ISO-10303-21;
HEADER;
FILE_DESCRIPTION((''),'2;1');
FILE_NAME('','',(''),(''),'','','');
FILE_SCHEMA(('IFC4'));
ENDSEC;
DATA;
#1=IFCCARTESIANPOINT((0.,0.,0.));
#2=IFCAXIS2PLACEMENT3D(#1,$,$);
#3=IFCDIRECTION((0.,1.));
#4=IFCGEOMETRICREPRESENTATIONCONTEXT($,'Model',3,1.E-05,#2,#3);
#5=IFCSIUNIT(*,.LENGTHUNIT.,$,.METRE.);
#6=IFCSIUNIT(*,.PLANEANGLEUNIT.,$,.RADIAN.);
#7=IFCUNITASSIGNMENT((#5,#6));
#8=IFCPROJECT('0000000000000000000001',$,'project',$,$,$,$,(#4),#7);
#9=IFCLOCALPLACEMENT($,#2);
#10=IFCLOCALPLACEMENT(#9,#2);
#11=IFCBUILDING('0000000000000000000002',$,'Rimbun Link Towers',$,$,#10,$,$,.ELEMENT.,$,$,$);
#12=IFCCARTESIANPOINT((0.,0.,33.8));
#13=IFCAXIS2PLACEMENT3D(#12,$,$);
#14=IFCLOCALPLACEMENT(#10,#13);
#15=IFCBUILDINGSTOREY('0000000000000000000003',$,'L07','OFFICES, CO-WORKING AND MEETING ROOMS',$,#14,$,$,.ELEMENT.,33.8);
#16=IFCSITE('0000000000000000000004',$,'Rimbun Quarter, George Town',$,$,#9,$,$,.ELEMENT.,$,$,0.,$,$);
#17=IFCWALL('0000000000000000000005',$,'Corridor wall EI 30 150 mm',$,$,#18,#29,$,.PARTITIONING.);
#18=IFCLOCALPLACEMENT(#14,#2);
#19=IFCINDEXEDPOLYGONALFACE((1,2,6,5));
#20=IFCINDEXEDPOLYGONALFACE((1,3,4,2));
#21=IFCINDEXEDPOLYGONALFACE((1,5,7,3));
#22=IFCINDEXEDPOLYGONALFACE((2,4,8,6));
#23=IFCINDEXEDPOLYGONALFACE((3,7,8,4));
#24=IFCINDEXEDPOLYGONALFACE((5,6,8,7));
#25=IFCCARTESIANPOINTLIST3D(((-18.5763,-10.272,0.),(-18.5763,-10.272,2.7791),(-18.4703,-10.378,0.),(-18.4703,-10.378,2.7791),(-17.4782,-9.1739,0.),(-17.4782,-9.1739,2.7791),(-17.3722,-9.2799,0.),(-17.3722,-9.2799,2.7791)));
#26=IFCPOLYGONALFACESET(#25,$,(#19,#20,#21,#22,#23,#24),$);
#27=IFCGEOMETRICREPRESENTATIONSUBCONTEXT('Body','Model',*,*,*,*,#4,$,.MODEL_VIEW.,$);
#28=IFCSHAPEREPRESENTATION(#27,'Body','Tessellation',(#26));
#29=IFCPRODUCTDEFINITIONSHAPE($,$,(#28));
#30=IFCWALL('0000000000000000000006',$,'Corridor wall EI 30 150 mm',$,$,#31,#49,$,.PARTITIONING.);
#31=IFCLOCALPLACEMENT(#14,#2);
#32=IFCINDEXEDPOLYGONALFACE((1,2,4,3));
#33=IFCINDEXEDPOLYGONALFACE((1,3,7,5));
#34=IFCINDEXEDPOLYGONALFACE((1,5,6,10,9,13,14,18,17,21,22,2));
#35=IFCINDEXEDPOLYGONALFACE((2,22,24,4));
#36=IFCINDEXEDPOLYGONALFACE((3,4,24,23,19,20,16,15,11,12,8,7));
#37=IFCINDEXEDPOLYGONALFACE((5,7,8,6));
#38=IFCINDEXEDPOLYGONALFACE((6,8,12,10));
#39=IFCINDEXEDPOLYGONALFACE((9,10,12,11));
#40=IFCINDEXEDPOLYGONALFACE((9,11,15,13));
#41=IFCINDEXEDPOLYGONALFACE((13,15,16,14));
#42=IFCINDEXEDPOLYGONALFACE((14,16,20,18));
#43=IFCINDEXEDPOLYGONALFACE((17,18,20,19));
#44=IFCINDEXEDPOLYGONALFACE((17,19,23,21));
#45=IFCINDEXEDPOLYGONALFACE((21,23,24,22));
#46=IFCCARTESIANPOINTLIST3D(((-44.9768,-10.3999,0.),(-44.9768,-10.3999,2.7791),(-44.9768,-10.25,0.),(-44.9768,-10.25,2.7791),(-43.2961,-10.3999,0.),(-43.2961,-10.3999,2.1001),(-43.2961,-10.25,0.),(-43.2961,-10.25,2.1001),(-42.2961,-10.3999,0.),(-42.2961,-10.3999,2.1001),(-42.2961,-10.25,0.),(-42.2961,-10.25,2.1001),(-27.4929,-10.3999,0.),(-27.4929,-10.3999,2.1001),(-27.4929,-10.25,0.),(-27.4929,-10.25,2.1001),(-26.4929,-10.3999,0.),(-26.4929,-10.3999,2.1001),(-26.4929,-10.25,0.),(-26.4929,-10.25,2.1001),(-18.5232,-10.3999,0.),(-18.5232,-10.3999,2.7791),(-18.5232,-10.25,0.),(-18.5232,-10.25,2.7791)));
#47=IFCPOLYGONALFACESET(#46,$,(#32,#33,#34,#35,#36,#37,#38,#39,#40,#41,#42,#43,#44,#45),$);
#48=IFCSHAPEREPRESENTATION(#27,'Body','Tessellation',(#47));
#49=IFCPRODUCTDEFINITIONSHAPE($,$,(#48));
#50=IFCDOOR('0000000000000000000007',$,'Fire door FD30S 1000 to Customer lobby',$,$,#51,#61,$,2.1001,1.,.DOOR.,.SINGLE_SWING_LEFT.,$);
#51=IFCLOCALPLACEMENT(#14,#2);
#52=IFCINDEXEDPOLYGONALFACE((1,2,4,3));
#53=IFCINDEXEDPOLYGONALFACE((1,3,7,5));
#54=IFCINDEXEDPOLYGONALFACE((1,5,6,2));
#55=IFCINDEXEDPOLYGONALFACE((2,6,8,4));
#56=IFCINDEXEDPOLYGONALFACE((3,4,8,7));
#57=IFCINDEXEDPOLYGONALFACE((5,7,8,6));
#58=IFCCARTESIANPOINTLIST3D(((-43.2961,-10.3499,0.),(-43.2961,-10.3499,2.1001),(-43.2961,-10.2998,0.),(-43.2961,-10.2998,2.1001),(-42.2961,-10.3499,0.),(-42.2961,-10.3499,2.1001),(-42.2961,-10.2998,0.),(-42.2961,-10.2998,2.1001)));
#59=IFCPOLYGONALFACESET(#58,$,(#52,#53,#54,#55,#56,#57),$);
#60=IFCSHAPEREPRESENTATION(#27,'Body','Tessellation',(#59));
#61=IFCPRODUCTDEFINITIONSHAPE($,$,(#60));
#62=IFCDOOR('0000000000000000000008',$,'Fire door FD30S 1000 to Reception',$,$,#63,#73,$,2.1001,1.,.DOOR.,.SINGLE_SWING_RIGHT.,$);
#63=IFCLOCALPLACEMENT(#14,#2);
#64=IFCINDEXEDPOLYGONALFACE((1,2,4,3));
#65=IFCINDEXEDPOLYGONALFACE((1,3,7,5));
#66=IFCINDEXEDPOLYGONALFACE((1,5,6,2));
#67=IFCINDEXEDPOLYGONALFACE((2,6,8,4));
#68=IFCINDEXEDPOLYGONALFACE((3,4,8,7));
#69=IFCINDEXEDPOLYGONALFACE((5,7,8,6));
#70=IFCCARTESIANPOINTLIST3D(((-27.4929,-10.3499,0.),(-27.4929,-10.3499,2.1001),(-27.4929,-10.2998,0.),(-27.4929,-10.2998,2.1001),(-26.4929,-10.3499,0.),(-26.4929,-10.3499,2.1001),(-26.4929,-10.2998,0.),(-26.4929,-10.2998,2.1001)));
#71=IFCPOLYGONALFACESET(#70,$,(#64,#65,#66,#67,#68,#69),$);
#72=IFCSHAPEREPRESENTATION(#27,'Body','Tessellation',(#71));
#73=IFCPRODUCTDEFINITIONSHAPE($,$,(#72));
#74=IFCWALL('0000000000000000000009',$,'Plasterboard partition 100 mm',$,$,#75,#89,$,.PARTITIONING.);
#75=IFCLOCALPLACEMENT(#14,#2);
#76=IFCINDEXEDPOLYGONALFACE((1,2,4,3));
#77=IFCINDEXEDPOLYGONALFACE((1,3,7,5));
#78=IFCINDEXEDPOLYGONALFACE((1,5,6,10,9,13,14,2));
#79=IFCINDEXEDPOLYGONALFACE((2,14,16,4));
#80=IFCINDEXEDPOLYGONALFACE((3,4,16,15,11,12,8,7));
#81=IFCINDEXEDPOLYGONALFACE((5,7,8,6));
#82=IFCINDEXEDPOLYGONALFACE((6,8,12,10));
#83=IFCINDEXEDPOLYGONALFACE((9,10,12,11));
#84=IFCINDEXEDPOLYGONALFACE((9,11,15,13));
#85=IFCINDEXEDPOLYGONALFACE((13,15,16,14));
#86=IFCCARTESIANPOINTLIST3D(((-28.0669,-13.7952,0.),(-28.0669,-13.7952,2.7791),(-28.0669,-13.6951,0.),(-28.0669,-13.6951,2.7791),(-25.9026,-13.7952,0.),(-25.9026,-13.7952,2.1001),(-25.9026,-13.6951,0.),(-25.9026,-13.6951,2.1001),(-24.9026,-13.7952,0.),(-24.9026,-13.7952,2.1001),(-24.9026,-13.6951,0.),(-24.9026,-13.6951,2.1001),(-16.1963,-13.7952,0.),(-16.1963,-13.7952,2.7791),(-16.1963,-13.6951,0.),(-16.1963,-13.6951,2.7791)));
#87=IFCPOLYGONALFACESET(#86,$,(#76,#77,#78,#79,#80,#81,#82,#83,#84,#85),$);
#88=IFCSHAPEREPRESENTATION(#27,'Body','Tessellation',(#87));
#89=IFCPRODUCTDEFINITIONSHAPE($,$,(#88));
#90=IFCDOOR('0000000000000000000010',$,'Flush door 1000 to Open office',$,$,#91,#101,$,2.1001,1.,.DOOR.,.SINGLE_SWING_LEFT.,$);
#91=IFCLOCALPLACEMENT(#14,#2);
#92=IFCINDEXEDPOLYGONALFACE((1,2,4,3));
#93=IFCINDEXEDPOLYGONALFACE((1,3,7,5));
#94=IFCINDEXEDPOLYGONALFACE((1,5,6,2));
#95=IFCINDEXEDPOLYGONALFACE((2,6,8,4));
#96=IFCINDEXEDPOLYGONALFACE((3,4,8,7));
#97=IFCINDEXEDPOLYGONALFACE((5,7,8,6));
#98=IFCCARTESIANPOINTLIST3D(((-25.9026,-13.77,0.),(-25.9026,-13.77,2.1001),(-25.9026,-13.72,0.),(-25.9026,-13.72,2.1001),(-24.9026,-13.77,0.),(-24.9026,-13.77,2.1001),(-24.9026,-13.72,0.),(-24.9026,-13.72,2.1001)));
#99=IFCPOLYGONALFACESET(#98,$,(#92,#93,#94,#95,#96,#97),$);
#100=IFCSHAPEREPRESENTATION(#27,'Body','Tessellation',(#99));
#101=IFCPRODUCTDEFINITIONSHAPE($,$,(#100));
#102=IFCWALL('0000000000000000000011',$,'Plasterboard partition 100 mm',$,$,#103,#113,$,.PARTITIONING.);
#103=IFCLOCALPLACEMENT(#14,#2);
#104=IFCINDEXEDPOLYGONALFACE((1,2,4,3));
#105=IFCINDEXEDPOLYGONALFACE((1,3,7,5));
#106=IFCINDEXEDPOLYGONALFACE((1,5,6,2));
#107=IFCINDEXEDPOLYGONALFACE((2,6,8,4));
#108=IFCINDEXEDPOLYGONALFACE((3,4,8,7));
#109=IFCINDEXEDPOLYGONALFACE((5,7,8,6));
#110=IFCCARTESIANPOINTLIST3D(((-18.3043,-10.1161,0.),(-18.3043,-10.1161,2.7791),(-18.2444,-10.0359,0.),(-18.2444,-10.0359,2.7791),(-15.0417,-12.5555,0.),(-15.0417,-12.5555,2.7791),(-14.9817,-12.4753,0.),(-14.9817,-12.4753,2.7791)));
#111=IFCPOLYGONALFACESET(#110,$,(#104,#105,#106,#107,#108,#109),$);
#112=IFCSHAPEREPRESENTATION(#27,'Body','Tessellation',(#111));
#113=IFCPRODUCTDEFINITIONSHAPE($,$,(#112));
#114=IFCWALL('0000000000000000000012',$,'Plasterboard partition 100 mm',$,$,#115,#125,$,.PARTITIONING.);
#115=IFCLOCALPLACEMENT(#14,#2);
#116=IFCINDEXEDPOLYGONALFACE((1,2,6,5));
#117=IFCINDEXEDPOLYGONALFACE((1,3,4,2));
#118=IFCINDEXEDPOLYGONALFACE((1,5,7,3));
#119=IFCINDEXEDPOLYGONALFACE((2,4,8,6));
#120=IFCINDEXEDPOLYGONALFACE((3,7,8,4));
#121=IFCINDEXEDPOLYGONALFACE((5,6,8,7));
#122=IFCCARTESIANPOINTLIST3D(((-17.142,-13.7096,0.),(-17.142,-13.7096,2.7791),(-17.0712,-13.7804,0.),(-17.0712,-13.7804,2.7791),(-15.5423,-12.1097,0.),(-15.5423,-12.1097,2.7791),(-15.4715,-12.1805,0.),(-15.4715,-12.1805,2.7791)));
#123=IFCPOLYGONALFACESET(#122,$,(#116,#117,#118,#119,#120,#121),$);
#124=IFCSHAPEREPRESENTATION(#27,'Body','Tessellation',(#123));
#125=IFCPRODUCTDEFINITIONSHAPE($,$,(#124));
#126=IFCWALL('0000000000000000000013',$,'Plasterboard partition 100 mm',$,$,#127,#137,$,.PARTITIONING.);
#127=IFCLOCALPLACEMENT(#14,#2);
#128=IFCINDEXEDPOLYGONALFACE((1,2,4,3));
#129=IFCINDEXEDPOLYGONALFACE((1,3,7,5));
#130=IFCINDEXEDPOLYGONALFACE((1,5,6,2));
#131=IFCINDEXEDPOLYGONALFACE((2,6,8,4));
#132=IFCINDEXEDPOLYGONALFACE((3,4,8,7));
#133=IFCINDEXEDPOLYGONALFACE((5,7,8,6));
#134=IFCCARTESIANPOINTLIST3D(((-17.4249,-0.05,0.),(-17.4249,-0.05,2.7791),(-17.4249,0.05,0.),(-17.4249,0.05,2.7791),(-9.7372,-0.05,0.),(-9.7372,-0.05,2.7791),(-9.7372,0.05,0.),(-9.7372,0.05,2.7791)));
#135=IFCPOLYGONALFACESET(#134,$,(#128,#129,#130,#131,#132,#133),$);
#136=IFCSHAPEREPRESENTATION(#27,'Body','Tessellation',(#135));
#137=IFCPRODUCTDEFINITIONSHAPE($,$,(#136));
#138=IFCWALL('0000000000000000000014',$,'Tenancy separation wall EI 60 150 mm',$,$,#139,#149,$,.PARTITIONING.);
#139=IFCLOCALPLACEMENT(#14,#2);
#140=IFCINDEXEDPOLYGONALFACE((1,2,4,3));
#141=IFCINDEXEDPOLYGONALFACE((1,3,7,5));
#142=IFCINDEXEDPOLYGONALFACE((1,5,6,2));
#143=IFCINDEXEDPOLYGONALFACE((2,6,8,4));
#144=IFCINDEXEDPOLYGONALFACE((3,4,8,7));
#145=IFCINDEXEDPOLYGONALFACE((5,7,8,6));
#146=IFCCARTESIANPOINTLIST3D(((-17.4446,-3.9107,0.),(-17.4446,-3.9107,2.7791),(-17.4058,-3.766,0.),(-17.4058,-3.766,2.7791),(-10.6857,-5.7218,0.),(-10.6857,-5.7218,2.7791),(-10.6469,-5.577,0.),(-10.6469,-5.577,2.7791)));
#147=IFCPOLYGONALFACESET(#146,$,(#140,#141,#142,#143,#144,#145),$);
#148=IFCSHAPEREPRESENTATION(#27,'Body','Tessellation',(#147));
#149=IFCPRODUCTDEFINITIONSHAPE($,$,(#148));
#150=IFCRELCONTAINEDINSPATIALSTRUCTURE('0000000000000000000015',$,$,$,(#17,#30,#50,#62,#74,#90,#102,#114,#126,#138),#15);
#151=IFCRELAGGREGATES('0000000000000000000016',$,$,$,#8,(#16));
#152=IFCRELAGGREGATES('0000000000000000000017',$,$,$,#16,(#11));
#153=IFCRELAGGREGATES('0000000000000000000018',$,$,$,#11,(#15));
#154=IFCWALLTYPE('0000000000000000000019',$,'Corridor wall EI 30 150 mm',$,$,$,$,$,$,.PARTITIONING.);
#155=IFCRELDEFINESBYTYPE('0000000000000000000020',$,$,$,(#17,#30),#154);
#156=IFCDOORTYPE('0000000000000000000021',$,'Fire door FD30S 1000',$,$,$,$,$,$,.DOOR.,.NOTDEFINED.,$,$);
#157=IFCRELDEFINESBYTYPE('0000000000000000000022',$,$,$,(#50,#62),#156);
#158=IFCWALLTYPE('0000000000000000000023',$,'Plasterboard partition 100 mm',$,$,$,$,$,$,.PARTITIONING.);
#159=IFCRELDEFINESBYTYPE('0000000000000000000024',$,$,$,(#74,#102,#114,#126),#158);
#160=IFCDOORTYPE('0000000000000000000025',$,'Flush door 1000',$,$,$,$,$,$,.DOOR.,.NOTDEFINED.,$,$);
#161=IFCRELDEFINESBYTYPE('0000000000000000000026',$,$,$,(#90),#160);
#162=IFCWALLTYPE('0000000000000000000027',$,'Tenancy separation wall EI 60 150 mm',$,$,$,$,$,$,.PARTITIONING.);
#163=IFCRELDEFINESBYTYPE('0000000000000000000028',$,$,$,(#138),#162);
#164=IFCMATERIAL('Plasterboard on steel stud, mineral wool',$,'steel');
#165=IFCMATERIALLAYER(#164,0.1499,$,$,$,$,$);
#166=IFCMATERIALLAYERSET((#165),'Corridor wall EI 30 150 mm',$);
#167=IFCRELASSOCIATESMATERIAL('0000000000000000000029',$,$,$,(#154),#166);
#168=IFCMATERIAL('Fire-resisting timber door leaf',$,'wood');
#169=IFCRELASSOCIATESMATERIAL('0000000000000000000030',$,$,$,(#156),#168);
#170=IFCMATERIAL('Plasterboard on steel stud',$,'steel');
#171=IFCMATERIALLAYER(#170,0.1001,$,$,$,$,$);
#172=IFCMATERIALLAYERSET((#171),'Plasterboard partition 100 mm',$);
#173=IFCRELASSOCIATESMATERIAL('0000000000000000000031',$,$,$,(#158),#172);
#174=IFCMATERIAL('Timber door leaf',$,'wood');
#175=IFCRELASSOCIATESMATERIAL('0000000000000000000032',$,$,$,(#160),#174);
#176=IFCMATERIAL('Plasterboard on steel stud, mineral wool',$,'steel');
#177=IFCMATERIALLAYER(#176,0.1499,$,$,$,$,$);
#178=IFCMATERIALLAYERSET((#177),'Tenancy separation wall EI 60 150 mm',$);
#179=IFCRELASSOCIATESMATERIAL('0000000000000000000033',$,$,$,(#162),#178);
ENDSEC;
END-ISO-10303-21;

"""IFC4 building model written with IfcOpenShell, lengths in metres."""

from ifc_helpers import new_model, si_unit, direction, frame, frame_2d, origin, place, context, subcontext, project, spatial, rectangle, extrude, material, layer, layer_set, type_object, element, fill, save


model = new_model("IFC4")

# Units and contexts
model_context = context("Model", 3, precision=1e-05, world=origin(), true_north=direction((0.0, 1.0)))
body_context = subcontext(model_context, "Body", "Model", "MODEL_VIEW")
ifc_project = project(units=[si_unit("LENGTHUNIT", "METRE"), si_unit("PLANEANGLEUNIT", "RADIAN")], contexts=[model_context])

# Site, building, storey
site_placement = place(None, origin())
site = spatial("IfcSite", under=ifc_project, at=site_placement, Name="Rimbun Quarter, George Town", CompositionType="ELEMENT", RefElevation=0.0)
building_placement = place(site_placement, origin())
building = spatial("IfcBuilding", under=site, at=building_placement, Name="Rimbun Link Towers", CompositionType="ELEMENT")
storey_placement = place(building_placement, frame((0.0, 0.0, 33.8)))
storey = spatial("IfcBuildingStorey", under=building, at=storey_placement, Name="L07", Description="OFFICES, CO-WORKING AND MEETING ROOMS", CompositionType="ELEMENT", Elevation=33.8)

# Wall
ifc_material_1 = material(Name="Plasterboard on steel stud, mineral wool", Category="steel")
ifc_layer_1 = layer(ifc_material_1, 0.1499)
ifc_layer_set_1 = layer_set([ifc_layer_1], Name="Corridor wall EI 30 150 mm")
wall_type_1 = type_object("IfcWallType", Name="Corridor wall EI 30 150 mm", PredefinedType="PARTITIONING", material=ifc_layer_set_1)
wall_1_placement = place(storey_placement, frame((-18.5232, -10.325, 0.0), z_axis=(0.0, 0.0, 1.0), x_axis=(0.707107, 0.707107, 0.0)))
element("IfcWall", 1, at=wall_1_placement, inside=storey, type_object=wall_type_1, Name="Corridor wall EI 30 150 mm", PredefinedType="PARTITIONING", context=body_context, shape_type="SweptSolid", body=[
    extrude(rectangle(XDim=1.553, YDim=0.1499, at=frame_2d((0.7764, 0.0))), origin(), (0.0, 0.0, 1.0), 2.7791),
])

# Wall, openings, doors
wall_2_placement = place(storey_placement, frame((-18.5232, -10.325, 0.0), z_axis=(0.0, 0.0, 1.0), x_axis=(-1.0, 0.0, 0.0)))
wall_2 = element("IfcWall", 2, at=wall_2_placement, inside=storey, type_object=wall_type_1, Name="Corridor wall EI 30 150 mm", PredefinedType="PARTITIONING", context=body_context, shape_type="SweptSolid", body=[
    extrude(rectangle(XDim=26.4536, YDim=0.1499, at=frame_2d((13.2268, 0.0))), origin(), (0.0, 0.0, 1.0), 2.7791),
])
opening_1_placement = place(wall_2_placement, frame((23.7729, 0.0, 0.0)))
opening_1 = element("IfcOpeningElement", 3, at=opening_1_placement, cuts=wall_2, PredefinedType="OPENING", context=body_context, shape_type="SweptSolid", body=[
    extrude(rectangle(XDim=1.0, YDim=2.1001, at=frame_2d((0.5, 1.05))), frame((0.0, 0.085, 0.0), z_axis=(0.0, -1.0, 0.0), x_axis=(1.0, 0.0, 0.0)), (0.0, 0.0, 1.0), 0.1699),
])
opening_2_placement = place(wall_2_placement, frame((7.9697, 0.0, 0.0)))
opening_2 = element("IfcOpeningElement", 4, at=opening_2_placement, cuts=wall_2, PredefinedType="OPENING", context=body_context, shape_type="SweptSolid", body=[
    extrude(rectangle(XDim=1.0, YDim=2.1001, at=frame_2d((0.5, 1.05))), frame((0.0, 0.085, 0.0), z_axis=(0.0, -1.0, 0.0), x_axis=(1.0, 0.0, 0.0)), (0.0, 0.0, 1.0), 0.1699),
])
ifc_material_2 = material(Name="Fire-resisting timber door leaf", Category="wood")
door_type_1 = type_object("IfcDoorType", Name="Fire door FD30S 1000", OperationType="NOTDEFINED", PredefinedType="DOOR", material=ifc_material_2)
door_1_placement = place(opening_1_placement, origin())
door_1 = element("IfcDoor", 5, at=door_1_placement, inside=storey, type_object=door_type_1, Name="Fire door FD30S 1000 to Customer lobby", OperationType="SINGLE_SWING_LEFT", OverallHeight=2.1001, OverallWidth=1.0, PredefinedType="DOOR", context=body_context, shape_type="SweptSolid", body=[
    extrude(rectangle(XDim=1.0, YDim=2.1001, at=frame_2d((0.5, 1.05))), frame((0.0, 0.0249, 0.0), z_axis=(0.0, -1.0, 0.0), x_axis=(1.0, 0.0, 0.0)), (0.0, 0.0, 1.0), 0.05),
])
fill(opening_1, door_1)
door_2_placement = place(opening_2_placement, origin())
door_2 = element("IfcDoor", 6, at=door_2_placement, inside=storey, type_object=door_type_1, Name="Fire door FD30S 1000 to Reception", OperationType="SINGLE_SWING_RIGHT", OverallHeight=2.1001, OverallWidth=1.0, PredefinedType="DOOR", context=body_context, shape_type="SweptSolid", body=[
    extrude(rectangle(XDim=1.0, YDim=2.1001, at=frame_2d((0.5, 1.05))), frame((0.0, 0.0249, 0.0), z_axis=(0.0, -1.0, 0.0), x_axis=(1.0, 0.0, 0.0)), (0.0, 0.0, 1.0), 0.05),
])
fill(opening_2, door_2)

# Wall, opening, door
ifc_material_3 = material(Name="Plasterboard on steel stud", Category="steel")
ifc_layer_2 = layer(ifc_material_3, 0.1001)
ifc_layer_set_2 = layer_set([ifc_layer_2], Name="Plasterboard partition 100 mm")
wall_type_2 = type_object("IfcWallType", Name="Plasterboard partition 100 mm", PredefinedType="PARTITIONING", material=ifc_layer_set_2)
wall_3_placement = place(storey_placement, frame((-16.1963, -13.7451, 0.0), z_axis=(0.0, 0.0, 1.0), x_axis=(-1.0, 0.0, 0.0)))
wall_3 = element("IfcWall", 7, at=wall_3_placement, inside=storey, type_object=wall_type_2, Name="Plasterboard partition 100 mm", PredefinedType="PARTITIONING", context=body_context, shape_type="SweptSolid", body=[
    extrude(rectangle(XDim=11.8706, YDim=0.1001, at=frame_2d((5.9353, 0.0))), origin(), (0.0, 0.0, 1.0), 2.7791),
])
opening_3_placement = place(wall_3_placement, frame((8.7063, 0.0, 0.0)))
opening_3 = element("IfcOpeningElement", 8, at=opening_3_placement, cuts=wall_3, PredefinedType="OPENING", context=body_context, shape_type="SweptSolid", body=[
    extrude(rectangle(XDim=1.0, YDim=2.1001, at=frame_2d((0.5, 1.05))), frame((0.0, 0.0601, 0.0), z_axis=(0.0, -1.0, 0.0), x_axis=(1.0, 0.0, 0.0)), (0.0, 0.0, 1.0), 0.1201),
])
ifc_material_4 = material(Name="Timber door leaf", Category="wood")
door_type_2 = type_object("IfcDoorType", Name="Flush door 1000", OperationType="NOTDEFINED", PredefinedType="DOOR", material=ifc_material_4)
door_3_placement = place(opening_3_placement, origin())
door_3 = element("IfcDoor", 9, at=door_3_placement, inside=storey, type_object=door_type_2, Name="Flush door 1000 to Open office", OperationType="SINGLE_SWING_LEFT", OverallHeight=2.1001, OverallWidth=1.0, PredefinedType="DOOR", context=body_context, shape_type="SweptSolid", body=[
    extrude(rectangle(XDim=1.0, YDim=2.1001, at=frame_2d((0.5, 1.05))), frame((0.0, 0.0249, 0.0), z_axis=(0.0, -1.0, 0.0), x_axis=(1.0, 0.0, 0.0)), (0.0, 0.0, 1.0), 0.05),
])
fill(opening_3, door_3)

# Walls
wall_4_placement = place(storey_placement, frame((-15.0117, -12.5154, 0.0), z_axis=(0.0, 0.0, 1.0), x_axis=(-0.800891, 0.59881, 0.0)))
element("IfcWall", 10, at=wall_4_placement, inside=storey, type_object=wall_type_2, Name="Plasterboard partition 100 mm", PredefinedType="PARTITIONING", context=body_context, shape_type="SweptSolid", body=[
    extrude(rectangle(XDim=4.0737, YDim=0.1001, at=frame_2d((2.0369, 0.0))), origin(), (0.0, 0.0, 1.0), 2.7791),
])
wall_5_placement = place(storey_placement, frame((-17.1067, -13.7451, 0.0), z_axis=(0.0, 0.0, 1.0), x_axis=(0.707053, 0.707161, 0.0)))
element("IfcWall", 11, at=wall_5_placement, inside=storey, type_object=wall_type_2, Name="Plasterboard partition 100 mm", PredefinedType="PARTITIONING", context=body_context, shape_type="SweptSolid", body=[
    extrude(rectangle(XDim=2.2625, YDim=0.1001, at=frame_2d((1.1313, 0.0))), origin(), (0.0, 0.0, 1.0), 2.7791),
])
wall_6_placement = place(storey_placement, frame((-9.7373, 0.0, 0.0), z_axis=(0.0, 0.0, 1.0), x_axis=(-1.0, 0.0, 0.0)))
element("IfcWall", 12, at=wall_6_placement, inside=storey, type_object=wall_type_2, Name="Plasterboard partition 100 mm", PredefinedType="PARTITIONING", context=body_context, shape_type="SweptSolid", body=[
    extrude(rectangle(XDim=7.6877, YDim=0.1001, at=frame_2d((3.8438, 0.0))), origin(), (0.0, 0.0, 1.0), 2.7791),
])
ifc_material_5 = material(Name="Plasterboard on steel stud, mineral wool", Category="steel")
ifc_layer_3 = layer(ifc_material_5, 0.1499)
ifc_layer_set_3 = layer_set([ifc_layer_3], Name="Tenancy separation wall EI 60 150 mm")
wall_type_3 = type_object("IfcWallType", Name="Tenancy separation wall EI 60 150 mm", PredefinedType="PARTITIONING", material=ifc_layer_set_3)
wall_7_placement = place(storey_placement, frame((-17.425, -3.8384, 0.0), z_axis=(0.0, 0.0, 1.0), x_axis=(0.965925, -0.258822, 0.0)))
element("IfcWall", 13, at=wall_7_placement, inside=storey, type_object=wall_type_3, Name="Tenancy separation wall EI 60 150 mm", PredefinedType="PARTITIONING", context=body_context, shape_type="SweptSolid", body=[
    extrude(rectangle(XDim=6.9973, YDim=0.1499, at=frame_2d((3.4985, 0.0))), origin(), (0.0, 0.0, 1.0), 2.7791),
])

save(model, "model.ifc")
